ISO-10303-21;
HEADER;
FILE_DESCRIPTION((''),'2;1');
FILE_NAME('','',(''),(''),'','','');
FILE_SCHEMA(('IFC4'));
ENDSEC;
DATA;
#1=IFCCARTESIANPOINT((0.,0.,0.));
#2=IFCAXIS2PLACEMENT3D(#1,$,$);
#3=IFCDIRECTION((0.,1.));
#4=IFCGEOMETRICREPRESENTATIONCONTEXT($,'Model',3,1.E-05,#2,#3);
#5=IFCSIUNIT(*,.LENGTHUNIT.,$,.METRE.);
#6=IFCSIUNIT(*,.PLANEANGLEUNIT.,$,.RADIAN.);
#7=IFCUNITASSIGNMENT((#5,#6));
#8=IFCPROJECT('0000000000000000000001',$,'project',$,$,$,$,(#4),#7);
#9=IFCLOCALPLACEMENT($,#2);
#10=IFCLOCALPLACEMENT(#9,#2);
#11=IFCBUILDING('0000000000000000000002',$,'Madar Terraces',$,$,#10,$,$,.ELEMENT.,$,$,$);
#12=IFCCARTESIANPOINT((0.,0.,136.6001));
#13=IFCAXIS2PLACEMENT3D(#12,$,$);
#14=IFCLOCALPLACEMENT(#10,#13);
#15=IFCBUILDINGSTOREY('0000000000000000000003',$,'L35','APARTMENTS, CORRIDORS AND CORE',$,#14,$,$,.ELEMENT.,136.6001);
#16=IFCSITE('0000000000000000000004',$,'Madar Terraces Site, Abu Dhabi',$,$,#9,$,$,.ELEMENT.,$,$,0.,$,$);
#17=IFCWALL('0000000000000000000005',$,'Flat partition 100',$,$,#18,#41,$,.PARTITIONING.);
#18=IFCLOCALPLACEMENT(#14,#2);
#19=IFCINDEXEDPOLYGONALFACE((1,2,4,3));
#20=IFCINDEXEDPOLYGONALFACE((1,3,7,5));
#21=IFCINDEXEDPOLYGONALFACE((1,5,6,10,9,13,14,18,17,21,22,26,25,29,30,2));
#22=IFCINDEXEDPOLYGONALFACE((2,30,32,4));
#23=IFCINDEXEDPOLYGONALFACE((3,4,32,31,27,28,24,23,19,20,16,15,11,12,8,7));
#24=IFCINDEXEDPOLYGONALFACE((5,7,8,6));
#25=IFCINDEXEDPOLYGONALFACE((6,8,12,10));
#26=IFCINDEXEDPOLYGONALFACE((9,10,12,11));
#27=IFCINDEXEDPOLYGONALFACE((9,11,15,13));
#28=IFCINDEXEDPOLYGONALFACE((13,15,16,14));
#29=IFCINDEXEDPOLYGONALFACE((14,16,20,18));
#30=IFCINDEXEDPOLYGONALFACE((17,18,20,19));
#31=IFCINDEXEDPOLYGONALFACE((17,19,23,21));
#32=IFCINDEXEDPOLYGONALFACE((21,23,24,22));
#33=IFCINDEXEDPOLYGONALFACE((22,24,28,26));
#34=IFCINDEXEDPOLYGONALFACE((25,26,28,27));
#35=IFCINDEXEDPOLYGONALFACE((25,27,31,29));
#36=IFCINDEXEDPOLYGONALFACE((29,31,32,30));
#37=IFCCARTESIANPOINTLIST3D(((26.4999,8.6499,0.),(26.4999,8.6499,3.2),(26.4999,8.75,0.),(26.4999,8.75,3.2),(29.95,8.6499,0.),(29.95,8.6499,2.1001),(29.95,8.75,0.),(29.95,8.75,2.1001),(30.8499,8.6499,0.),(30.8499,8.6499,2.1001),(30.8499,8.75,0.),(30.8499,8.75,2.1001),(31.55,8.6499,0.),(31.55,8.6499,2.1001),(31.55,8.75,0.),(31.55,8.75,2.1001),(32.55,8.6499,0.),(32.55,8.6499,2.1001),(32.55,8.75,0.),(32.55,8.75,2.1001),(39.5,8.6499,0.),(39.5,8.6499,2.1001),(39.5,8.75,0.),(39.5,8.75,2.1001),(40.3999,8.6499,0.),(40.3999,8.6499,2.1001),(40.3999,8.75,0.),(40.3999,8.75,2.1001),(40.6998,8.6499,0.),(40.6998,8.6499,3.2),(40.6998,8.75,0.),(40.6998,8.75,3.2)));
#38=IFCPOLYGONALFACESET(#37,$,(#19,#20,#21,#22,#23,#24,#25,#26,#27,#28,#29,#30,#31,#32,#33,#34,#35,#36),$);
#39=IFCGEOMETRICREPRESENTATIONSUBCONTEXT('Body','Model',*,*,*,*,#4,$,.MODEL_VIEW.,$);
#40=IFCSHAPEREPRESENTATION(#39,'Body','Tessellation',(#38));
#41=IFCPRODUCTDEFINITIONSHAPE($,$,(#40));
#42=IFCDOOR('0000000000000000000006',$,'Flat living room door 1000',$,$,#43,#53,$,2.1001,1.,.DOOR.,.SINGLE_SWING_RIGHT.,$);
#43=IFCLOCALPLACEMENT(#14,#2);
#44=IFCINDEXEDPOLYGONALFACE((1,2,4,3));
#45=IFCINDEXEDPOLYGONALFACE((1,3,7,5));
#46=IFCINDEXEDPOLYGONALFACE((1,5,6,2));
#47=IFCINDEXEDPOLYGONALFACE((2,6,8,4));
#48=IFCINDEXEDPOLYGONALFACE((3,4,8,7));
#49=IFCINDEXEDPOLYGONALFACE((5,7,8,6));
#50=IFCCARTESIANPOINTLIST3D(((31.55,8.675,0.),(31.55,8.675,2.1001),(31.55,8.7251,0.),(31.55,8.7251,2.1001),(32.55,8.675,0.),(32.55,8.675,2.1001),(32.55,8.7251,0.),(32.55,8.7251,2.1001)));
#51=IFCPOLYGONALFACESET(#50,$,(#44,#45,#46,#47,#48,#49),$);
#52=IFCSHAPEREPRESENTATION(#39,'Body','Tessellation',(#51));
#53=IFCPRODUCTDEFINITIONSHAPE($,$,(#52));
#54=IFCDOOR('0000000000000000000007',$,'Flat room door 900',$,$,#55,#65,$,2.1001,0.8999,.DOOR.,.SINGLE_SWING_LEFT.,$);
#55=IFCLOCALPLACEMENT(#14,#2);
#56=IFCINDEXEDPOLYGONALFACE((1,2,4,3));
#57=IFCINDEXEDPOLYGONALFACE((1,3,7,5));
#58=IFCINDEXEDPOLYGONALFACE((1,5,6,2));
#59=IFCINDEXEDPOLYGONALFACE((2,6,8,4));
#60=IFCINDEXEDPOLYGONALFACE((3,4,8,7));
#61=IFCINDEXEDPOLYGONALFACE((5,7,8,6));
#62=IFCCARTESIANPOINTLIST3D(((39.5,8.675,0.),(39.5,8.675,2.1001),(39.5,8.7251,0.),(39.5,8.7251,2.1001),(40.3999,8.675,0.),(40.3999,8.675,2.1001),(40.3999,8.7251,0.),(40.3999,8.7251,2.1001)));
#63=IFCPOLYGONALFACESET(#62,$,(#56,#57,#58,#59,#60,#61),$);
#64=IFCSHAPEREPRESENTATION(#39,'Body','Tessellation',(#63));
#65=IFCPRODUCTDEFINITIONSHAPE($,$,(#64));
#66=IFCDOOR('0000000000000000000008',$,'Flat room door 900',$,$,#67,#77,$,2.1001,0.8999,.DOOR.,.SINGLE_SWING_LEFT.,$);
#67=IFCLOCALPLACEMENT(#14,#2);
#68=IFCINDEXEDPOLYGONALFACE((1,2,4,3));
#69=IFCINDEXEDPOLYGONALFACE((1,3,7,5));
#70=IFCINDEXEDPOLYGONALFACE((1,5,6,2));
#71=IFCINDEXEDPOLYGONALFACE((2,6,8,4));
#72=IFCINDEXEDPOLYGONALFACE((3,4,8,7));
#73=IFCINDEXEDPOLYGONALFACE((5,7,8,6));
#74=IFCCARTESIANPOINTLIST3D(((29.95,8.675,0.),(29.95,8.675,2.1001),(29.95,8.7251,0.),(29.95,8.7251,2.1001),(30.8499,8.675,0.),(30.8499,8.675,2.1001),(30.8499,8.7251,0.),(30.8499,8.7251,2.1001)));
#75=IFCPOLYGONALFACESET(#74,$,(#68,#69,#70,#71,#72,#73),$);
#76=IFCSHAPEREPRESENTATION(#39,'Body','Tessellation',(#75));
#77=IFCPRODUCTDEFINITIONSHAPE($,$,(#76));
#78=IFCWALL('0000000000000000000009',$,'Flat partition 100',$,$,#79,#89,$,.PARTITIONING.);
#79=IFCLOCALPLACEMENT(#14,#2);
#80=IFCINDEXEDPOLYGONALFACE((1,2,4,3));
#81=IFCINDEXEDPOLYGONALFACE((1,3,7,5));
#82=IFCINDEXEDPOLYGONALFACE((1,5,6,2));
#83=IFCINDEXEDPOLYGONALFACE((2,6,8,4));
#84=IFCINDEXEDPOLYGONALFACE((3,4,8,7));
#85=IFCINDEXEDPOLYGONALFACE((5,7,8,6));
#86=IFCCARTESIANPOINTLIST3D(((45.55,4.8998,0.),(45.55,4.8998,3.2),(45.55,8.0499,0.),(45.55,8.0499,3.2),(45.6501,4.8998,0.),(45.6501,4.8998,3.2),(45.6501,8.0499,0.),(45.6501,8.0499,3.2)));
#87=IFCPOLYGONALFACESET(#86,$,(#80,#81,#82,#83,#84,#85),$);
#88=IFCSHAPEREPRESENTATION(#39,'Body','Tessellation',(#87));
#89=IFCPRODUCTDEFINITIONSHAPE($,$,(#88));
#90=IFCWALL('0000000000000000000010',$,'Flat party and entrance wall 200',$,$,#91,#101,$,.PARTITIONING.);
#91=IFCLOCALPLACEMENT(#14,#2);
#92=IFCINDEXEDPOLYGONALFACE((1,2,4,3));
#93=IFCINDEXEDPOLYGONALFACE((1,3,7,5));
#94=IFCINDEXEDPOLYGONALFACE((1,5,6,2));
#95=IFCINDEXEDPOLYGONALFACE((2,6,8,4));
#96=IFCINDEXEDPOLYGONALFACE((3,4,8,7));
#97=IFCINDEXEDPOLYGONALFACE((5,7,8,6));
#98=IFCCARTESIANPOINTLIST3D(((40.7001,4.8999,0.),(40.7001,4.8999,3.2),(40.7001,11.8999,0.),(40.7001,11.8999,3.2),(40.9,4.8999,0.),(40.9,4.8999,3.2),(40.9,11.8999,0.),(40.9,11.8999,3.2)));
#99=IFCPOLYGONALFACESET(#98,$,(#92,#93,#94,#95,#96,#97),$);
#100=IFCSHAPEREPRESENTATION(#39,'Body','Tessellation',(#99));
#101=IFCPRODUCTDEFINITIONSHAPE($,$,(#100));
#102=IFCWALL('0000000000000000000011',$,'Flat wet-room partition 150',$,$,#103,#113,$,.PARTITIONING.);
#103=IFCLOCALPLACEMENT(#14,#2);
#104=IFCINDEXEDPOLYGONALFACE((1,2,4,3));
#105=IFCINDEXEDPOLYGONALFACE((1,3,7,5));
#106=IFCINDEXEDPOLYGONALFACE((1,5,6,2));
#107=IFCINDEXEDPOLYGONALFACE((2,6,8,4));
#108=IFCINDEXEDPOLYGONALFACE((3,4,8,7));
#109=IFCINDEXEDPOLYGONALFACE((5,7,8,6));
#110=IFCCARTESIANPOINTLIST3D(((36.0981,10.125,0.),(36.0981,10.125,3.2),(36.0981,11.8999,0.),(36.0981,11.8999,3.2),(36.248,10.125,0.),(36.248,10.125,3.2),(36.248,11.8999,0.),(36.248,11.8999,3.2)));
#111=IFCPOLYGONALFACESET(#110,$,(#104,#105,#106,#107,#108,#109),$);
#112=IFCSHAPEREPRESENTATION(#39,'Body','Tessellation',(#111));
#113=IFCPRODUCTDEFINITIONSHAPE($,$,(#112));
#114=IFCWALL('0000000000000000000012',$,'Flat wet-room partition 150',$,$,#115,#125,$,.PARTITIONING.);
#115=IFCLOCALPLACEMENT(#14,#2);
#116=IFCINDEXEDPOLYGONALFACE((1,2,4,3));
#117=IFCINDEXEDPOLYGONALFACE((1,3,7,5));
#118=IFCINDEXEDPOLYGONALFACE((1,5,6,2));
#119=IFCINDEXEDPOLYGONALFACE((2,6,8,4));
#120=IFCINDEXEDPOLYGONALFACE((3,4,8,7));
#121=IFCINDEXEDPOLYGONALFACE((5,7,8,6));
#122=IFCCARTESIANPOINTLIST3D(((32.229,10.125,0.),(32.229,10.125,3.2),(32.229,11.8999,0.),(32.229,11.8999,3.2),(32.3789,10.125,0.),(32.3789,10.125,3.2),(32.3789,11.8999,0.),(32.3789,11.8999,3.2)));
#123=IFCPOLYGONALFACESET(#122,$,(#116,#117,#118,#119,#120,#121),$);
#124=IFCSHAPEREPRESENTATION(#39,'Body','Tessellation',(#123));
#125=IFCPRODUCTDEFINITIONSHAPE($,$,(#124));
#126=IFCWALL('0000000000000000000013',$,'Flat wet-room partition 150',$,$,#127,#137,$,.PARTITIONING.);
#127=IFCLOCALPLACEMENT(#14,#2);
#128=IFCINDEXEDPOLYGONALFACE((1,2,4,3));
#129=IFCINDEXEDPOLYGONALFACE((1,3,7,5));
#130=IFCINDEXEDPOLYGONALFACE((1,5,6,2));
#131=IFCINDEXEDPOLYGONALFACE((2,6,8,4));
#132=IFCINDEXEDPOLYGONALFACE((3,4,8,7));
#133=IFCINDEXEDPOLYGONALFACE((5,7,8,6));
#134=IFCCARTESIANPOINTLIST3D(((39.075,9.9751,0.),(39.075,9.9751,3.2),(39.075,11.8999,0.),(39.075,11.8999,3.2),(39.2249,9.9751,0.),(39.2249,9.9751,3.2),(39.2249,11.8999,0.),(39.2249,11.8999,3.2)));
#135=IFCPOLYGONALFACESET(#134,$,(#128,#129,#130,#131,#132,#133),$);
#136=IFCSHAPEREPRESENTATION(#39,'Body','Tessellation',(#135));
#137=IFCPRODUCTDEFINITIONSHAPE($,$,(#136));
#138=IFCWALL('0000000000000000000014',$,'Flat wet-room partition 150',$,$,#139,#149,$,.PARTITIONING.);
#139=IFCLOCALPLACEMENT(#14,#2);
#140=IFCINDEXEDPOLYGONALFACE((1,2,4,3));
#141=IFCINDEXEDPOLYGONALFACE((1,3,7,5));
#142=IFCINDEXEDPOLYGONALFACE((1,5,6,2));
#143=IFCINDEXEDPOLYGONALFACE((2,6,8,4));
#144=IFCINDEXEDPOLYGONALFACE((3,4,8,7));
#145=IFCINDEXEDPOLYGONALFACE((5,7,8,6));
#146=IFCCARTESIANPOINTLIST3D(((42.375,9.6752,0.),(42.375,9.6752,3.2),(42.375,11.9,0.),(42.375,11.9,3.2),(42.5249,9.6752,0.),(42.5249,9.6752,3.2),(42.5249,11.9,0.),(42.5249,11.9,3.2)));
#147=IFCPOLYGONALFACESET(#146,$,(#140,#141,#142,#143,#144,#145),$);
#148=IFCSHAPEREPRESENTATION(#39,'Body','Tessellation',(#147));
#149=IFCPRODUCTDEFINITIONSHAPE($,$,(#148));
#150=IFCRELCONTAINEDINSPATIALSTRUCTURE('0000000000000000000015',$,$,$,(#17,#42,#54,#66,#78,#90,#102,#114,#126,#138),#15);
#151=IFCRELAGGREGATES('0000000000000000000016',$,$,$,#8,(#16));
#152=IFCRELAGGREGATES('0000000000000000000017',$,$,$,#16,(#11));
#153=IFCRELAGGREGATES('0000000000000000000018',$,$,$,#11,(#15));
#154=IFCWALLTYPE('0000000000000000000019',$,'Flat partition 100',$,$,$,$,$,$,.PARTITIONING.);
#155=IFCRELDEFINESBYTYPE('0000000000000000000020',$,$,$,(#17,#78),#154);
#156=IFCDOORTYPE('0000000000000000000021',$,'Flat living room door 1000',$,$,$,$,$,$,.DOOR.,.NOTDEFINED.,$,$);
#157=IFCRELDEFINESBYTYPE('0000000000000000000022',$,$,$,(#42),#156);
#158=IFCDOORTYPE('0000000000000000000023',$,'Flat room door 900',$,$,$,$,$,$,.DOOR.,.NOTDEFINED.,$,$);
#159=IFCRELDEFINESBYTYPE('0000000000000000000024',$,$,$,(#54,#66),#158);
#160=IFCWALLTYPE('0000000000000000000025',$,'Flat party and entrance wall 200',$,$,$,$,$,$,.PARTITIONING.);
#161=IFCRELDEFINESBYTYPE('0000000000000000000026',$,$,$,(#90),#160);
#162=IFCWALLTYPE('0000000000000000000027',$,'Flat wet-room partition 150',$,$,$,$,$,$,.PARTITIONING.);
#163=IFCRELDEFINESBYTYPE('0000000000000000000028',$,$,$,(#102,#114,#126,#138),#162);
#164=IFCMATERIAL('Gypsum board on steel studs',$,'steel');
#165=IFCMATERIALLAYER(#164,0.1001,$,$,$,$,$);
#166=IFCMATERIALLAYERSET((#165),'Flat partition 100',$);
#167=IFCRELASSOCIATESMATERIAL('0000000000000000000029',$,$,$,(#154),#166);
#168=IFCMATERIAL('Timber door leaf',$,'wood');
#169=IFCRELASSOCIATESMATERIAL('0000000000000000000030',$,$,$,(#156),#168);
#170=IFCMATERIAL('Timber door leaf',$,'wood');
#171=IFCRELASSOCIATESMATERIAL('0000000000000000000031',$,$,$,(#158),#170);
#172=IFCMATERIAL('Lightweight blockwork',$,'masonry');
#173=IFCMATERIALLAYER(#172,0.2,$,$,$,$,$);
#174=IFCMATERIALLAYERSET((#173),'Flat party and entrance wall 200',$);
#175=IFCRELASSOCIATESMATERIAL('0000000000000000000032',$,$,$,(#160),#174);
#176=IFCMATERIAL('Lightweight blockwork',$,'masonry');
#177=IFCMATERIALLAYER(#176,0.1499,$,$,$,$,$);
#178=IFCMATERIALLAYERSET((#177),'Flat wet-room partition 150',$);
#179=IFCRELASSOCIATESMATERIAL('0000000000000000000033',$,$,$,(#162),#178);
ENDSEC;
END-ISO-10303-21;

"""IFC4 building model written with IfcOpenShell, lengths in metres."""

from ifc_helpers import new_model, si_unit, direction, frame, frame_2d, origin, place, context, subcontext, project, spatial, rectangle, extrude, material, layer, layer_set, type_object, element, fill, save


model = new_model("IFC4")

# Units and contexts
model_context = context("Model", 3, precision=1e-05, world=origin(), true_north=direction((0.0, 1.0)))
body_context = subcontext(model_context, "Body", "Model", "MODEL_VIEW")
ifc_project = project(units=[si_unit("LENGTHUNIT", "METRE"), si_unit("PLANEANGLEUNIT", "RADIAN")], contexts=[model_context])

# Site, building, storey
site_placement = place(None, origin())
site = spatial("IfcSite", under=ifc_project, at=site_placement, Name="Madar Terraces Site, Abu Dhabi", CompositionType="ELEMENT", RefElevation=0.0)
building_placement = place(site_placement, origin())
building = spatial("IfcBuilding", under=site, at=building_placement, Name="Madar Terraces", CompositionType="ELEMENT")
storey_placement = place(building_placement, frame((0.0, 0.0, 136.6001)))
storey = spatial("IfcBuildingStorey", under=building, at=storey_placement, Name="L35", Description="APARTMENTS, CORRIDORS AND CORE", CompositionType="ELEMENT", Elevation=136.6001)

# Shared definitions
ifc_material_1 = material(Name="Gypsum board on steel studs", Category="steel")
ifc_layer_1 = layer(ifc_material_1, 0.1001)
ifc_layer_set_1 = layer_set([ifc_layer_1], Name="Flat partition 100")
wall_type_1 = type_object("IfcWallType", Name="Flat partition 100", PredefinedType="PARTITIONING", material=ifc_layer_set_1)

# Wall, openings, doors
wall_1_placement = place(storey_placement, frame((40.7, 8.7, 0.0), z_axis=(0.0, 0.0, 1.0), x_axis=(-1.0, 0.0, 0.0)))
wall_1 = element("IfcWall", 1, at=wall_1_placement, inside=storey, type_object=wall_type_1, Name="Flat partition 100", PredefinedType="PARTITIONING", context=body_context, shape_type="SweptSolid", body=[
    extrude(rectangle(XDim=14.2, YDim=0.1001, at=frame_2d((7.1001, 0.0))), origin(), (0.0, 0.0, 1.0), 3.2),
])
opening_1_placement = place(wall_1_placement, frame((0.3, 0.0, 0.0)))
opening_1 = element("IfcOpeningElement", 2, at=opening_1_placement, cuts=wall_1, PredefinedType="OPENING", context=body_context, shape_type="SweptSolid", body=[
    extrude(rectangle(XDim=0.8999, YDim=2.1001, at=frame_2d((0.45, 1.05))), frame((0.0, 0.0601, 0.0), z_axis=(0.0, -1.0, 0.0), x_axis=(1.0, 0.0, 0.0)), (0.0, 0.0, 1.0), 0.1201),
])
opening_2_placement = place(wall_1_placement, frame((8.1499, 0.0, 0.0)))
opening_2 = element("IfcOpeningElement", 3, at=opening_2_placement, cuts=wall_1, PredefinedType="OPENING", context=body_context, shape_type="SweptSolid", body=[
    extrude(rectangle(XDim=1.0, YDim=2.1001, at=frame_2d((0.5, 1.05))), frame((0.0, 0.0601, 0.0), z_axis=(0.0, -1.0, 0.0), x_axis=(1.0, 0.0, 0.0)), (0.0, 0.0, 1.0), 0.1201),
])
opening_3_placement = place(wall_1_placement, frame((9.8501, 0.0, 0.0)))
opening_3 = element("IfcOpeningElement", 4, at=opening_3_placement, cuts=wall_1, PredefinedType="OPENING", context=body_context, shape_type="SweptSolid", body=[
    extrude(rectangle(XDim=0.8999, YDim=2.1001, at=frame_2d((0.45, 1.05))), frame((0.0, 0.0601, 0.0), z_axis=(0.0, -1.0, 0.0), x_axis=(1.0, 0.0, 0.0)), (0.0, 0.0, 1.0), 0.1201),
])
ifc_material_2 = material(Name="Timber door leaf", Category="wood")
door_type_1 = type_object("IfcDoorType", Name="Flat living room door 1000", OperationType="NOTDEFINED", PredefinedType="DOOR", material=ifc_material_2)
door_1_placement = place(opening_2_placement, origin())
door_1 = element("IfcDoor", 5, at=door_1_placement, inside=storey, type_object=door_type_1, Name="Flat living room door 1000", OperationType="SINGLE_SWING_RIGHT", OverallHeight=2.1001, OverallWidth=1.0, PredefinedType="DOOR", context=body_context, shape_type="SweptSolid", body=[
    extrude(rectangle(XDim=1.0, YDim=2.1001, at=frame_2d((0.5, 1.05))), frame((0.0, 0.0249, 0.0), z_axis=(0.0, -1.0, 0.0), x_axis=(1.0, 0.0, 0.0)), (0.0, 0.0, 1.0), 0.05),
])
fill(opening_2, door_1)
ifc_material_3 = material(Name="Timber door leaf", Category="wood")
door_type_2 = type_object("IfcDoorType", Name="Flat room door 900", OperationType="NOTDEFINED", PredefinedType="DOOR", material=ifc_material_3)
door_2_placement = place(opening_1_placement, origin())
door_2 = element("IfcDoor", 6, at=door_2_placement, inside=storey, type_object=door_type_2, Name="Flat room door 900", OperationType="SINGLE_SWING_LEFT", OverallHeight=2.1001, OverallWidth=0.8999, PredefinedType="DOOR", context=body_context, shape_type="SweptSolid", body=[
    extrude(rectangle(XDim=0.8999, YDim=2.1001, at=frame_2d((0.45, 1.05))), frame((0.0, 0.0249, 0.0), z_axis=(0.0, -1.0, 0.0), x_axis=(1.0, 0.0, 0.0)), (0.0, 0.0, 1.0), 0.05),
])
fill(opening_1, door_2)
door_3_placement = place(opening_3_placement, origin())
door_3 = element("IfcDoor", 7, at=door_3_placement, inside=storey, type_object=door_type_2, Name="Flat room door 900", OperationType="SINGLE_SWING_LEFT", OverallHeight=2.1001, OverallWidth=0.8999, PredefinedType="DOOR", context=body_context, shape_type="SweptSolid", body=[
    extrude(rectangle(XDim=0.8999, YDim=2.1001, at=frame_2d((0.45, 1.05))), frame((0.0, 0.0249, 0.0), z_axis=(0.0, -1.0, 0.0), x_axis=(1.0, 0.0, 0.0)), (0.0, 0.0, 1.0), 0.05),
])
fill(opening_3, door_3)

# Walls
wall_2_placement = place(storey_placement, frame((45.6001, 8.05, 0.0), z_axis=(0.0, 0.0, 1.0), x_axis=(0.0, -1.0, 0.0)))
element("IfcWall", 8, at=wall_2_placement, inside=storey, type_object=wall_type_1, Name="Flat partition 100", PredefinedType="PARTITIONING", context=body_context, shape_type="SweptSolid", body=[
    extrude(rectangle(XDim=3.1501, YDim=0.1001, at=frame_2d((1.5752, 0.0))), origin(), (0.0, 0.0, 1.0), 3.2),
])
ifc_material_4 = material(Name="Lightweight blockwork", Category="masonry")
ifc_layer_2 = layer(ifc_material_4, 0.2)
ifc_layer_set_2 = layer_set([ifc_layer_2], Name="Flat party and entrance wall 200")
wall_type_2 = type_object("IfcWallType", Name="Flat party and entrance wall 200", PredefinedType="PARTITIONING", material=ifc_layer_set_2)
wall_3_placement = place(storey_placement, frame((40.8, 11.8999, 0.0), z_axis=(0.0, 0.0, 1.0), x_axis=(0.0, -1.0, 0.0)))
element("IfcWall", 9, at=wall_3_placement, inside=storey, type_object=wall_type_2, Name="Flat party and entrance wall 200", PredefinedType="PARTITIONING", context=body_context, shape_type="SweptSolid", body=[
    extrude(rectangle(XDim=7.0, YDim=0.2, at=frame_2d((3.5, 0.0))), origin(), (0.0, 0.0, 1.0), 3.2),
])
ifc_material_5 = material(Name="Lightweight blockwork", Category="masonry")
ifc_layer_3 = layer(ifc_material_5, 0.1499)
ifc_layer_set_3 = layer_set([ifc_layer_3], Name="Flat wet-room partition 150")
wall_type_3 = type_object("IfcWallType", Name="Flat wet-room partition 150", PredefinedType="PARTITIONING", material=ifc_layer_set_3)
for number, where, z_axis, x_axis, name in (
    (10, (36.1731, 11.8999, 0.0), (0.0, 0.0, 1.0), (0.0, -1.0, 0.0), "Flat wet-room partition 150"),
    (11, (32.304, 11.8999, 0.0), (0.0, 0.0, 1.0), (0.0, -1.0, 0.0), "Flat wet-room partition 150"),
):
    element("IfcWall", number, at=place(storey_placement, frame(where, z_axis=z_axis, x_axis=x_axis)), inside=storey, type_object=wall_type_3, Name=name, PredefinedType="PARTITIONING", context=body_context, shape_type="SweptSolid", body=[
        extrude(rectangle(XDim=1.7749, YDim=0.1499, at=frame_2d((0.8875, 0.0))), origin(), (0.0, 0.0, 1.0), 3.2),
    ])
wall_4_placement = place(storey_placement, frame((39.1499, 11.8999, 0.0), z_axis=(0.0, 0.0, 1.0), x_axis=(0.0, -1.0, 0.0)))
element("IfcWall", 12, at=wall_4_placement, inside=storey, type_object=wall_type_3, Name="Flat wet-room partition 150", PredefinedType="PARTITIONING", context=body_context, shape_type="SweptSolid", body=[
    extrude(rectangle(XDim=1.9248, YDim=0.1499, at=frame_2d((0.9624, 0.0))), origin(), (0.0, 0.0, 1.0), 3.2),
])
wall_5_placement = place(storey_placement, frame((42.45, 11.8999, 0.0), z_axis=(0.0, 0.0, 1.0), x_axis=(0.0, -1.0, 0.0)))
element("IfcWall", 13, at=wall_5_placement, inside=storey, type_object=wall_type_3, Name="Flat wet-room partition 150", PredefinedType="PARTITIONING", context=body_context, shape_type="SweptSolid", body=[
    extrude(rectangle(XDim=2.2249, YDim=0.1499, at=frame_2d((1.1123, 0.0))), origin(), (0.0, 0.0, 1.0), 3.2),
])

save(model, "model.ifc")
